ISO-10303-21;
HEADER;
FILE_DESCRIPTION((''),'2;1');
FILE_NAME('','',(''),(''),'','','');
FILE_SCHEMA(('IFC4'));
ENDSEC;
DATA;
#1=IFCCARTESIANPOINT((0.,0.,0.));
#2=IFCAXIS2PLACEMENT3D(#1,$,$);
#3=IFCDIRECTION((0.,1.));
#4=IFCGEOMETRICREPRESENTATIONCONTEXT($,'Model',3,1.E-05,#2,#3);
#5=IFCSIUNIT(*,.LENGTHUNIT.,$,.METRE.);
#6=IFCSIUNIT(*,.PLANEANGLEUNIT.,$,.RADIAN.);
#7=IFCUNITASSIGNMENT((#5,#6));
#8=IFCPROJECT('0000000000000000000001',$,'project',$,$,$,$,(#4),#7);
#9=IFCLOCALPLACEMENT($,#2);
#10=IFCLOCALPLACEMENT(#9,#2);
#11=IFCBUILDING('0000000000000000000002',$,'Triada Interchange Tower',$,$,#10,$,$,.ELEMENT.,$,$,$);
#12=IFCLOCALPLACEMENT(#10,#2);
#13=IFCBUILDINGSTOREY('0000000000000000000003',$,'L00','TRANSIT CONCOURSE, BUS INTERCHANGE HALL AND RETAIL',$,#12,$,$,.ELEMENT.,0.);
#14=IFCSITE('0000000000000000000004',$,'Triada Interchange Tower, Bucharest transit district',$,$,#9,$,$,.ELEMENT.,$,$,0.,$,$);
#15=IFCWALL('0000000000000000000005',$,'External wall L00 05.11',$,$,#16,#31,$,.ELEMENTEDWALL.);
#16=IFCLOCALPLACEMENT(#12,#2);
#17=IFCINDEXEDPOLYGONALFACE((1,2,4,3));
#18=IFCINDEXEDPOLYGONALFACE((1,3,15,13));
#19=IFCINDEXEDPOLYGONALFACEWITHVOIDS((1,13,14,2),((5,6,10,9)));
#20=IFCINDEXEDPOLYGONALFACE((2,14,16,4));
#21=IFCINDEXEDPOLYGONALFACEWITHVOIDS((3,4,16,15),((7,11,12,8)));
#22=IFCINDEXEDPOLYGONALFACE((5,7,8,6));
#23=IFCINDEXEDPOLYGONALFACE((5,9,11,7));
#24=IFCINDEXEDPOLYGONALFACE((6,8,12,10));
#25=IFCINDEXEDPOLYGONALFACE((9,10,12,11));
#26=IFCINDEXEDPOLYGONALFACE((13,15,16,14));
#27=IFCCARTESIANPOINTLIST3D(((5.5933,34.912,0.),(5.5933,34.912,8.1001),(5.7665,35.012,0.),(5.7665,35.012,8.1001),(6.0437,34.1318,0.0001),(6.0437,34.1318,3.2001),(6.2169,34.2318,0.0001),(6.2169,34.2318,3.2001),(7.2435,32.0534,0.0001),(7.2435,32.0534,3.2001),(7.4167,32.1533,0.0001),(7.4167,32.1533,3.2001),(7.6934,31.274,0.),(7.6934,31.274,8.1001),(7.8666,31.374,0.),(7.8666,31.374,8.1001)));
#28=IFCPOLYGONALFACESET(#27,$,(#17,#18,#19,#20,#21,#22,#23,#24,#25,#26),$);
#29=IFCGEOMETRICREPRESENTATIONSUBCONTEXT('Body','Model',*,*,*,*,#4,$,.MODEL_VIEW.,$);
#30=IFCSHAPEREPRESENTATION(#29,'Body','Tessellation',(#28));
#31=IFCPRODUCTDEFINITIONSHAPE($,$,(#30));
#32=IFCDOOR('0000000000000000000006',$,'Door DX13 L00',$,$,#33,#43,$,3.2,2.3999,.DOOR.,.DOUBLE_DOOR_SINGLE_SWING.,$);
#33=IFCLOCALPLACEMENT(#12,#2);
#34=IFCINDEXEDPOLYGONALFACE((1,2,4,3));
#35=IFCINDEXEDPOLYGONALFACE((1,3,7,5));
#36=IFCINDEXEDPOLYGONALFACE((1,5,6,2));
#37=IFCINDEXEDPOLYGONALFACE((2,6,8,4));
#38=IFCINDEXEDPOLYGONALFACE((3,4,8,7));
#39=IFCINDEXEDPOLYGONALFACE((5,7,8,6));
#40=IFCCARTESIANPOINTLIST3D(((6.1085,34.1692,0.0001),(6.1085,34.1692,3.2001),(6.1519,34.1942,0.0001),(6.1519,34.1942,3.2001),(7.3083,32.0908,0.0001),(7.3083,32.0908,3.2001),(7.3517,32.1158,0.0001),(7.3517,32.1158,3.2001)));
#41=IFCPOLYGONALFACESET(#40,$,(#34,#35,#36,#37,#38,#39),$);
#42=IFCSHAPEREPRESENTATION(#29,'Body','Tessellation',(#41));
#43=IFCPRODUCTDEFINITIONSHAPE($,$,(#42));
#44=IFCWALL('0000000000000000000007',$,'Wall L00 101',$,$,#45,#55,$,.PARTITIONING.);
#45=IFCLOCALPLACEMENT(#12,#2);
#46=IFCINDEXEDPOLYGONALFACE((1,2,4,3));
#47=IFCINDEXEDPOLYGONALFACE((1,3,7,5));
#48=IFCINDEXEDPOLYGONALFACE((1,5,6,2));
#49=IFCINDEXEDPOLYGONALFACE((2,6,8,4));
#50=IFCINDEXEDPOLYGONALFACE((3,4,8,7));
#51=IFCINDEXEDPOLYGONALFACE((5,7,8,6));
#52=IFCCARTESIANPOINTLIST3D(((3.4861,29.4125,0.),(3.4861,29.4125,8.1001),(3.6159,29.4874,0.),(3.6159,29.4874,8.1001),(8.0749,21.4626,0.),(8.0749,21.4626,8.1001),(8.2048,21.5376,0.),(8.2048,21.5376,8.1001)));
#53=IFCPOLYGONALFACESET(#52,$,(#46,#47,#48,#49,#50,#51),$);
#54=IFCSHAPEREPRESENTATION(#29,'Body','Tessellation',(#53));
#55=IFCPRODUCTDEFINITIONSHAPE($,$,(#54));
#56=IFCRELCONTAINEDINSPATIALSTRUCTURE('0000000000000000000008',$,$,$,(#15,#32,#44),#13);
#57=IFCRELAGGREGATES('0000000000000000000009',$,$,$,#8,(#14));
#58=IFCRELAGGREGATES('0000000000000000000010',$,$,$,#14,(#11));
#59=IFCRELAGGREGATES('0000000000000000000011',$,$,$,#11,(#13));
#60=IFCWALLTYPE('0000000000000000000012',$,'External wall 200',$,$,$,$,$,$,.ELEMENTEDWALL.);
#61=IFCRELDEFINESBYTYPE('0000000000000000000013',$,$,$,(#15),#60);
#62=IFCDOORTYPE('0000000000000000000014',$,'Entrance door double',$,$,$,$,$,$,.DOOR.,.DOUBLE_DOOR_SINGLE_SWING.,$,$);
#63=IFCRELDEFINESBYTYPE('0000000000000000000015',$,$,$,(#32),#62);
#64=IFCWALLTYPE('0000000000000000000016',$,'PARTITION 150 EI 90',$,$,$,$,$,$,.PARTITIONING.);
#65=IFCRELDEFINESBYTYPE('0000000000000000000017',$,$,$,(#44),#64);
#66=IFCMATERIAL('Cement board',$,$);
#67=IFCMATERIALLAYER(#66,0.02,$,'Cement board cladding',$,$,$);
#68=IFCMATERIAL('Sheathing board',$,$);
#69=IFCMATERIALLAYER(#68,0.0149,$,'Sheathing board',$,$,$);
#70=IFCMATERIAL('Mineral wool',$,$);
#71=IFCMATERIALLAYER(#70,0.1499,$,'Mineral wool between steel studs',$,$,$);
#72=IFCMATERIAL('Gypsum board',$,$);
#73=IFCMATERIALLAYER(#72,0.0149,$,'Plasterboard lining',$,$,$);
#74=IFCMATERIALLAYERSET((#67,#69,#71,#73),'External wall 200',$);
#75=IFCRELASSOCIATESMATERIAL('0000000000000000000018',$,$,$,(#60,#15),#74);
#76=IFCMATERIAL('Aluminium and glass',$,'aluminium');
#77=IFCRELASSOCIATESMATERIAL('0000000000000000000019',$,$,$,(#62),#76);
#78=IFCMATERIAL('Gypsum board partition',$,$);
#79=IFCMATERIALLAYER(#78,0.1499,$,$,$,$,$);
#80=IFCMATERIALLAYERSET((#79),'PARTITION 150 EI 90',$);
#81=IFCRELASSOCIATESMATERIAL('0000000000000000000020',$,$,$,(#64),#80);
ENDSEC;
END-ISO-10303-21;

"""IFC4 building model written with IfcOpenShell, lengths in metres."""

from ifc_helpers import new_model, si_unit, direction, frame, frame_2d, origin, place, context, subcontext, project, spatial, rectangle, extrude, material, layer, layer_set, layer_usage, type_object, element, fill, save


model = new_model("IFC4")

# Units and contexts
model_context = context("Model", 3, precision=1e-05, world=origin(), true_north=direction((0.0, 1.0)))
body_context = subcontext(model_context, "Body", "Model", "MODEL_VIEW")
ifc_project = project(units=[si_unit("LENGTHUNIT", "METRE"), si_unit("PLANEANGLEUNIT", "RADIAN")], contexts=[model_context])

# Site, building, storey
site_placement = place(None, origin())
site = spatial("IfcSite", under=ifc_project, at=site_placement, Name="Triada Interchange Tower, Bucharest transit district", CompositionType="ELEMENT", RefElevation=0.0)
building_placement = place(site_placement, origin())
building = spatial("IfcBuilding", under=site, at=building_placement, Name="Triada Interchange Tower", CompositionType="ELEMENT")
storey_placement = place(building_placement, origin())
storey = spatial("IfcBuildingStorey", under=building, at=storey_placement, Name="L00", Description="TRANSIT CONCOURSE, BUS INTERCHANGE HALL AND RETAIL", CompositionType="ELEMENT", Elevation=0.0)

# Wall, opening, door
ifc_material_1 = material(Name="Cement board")
ifc_layer_1 = layer(ifc_material_1, 0.02, Name="Cement board cladding")
ifc_material_2 = material(Name="Sheathing board")
ifc_layer_2 = layer(ifc_material_2, 0.0149, Name="Sheathing board")
ifc_material_3 = material(Name="Mineral wool")
ifc_layer_3 = layer(ifc_material_3, 0.1499, Name="Mineral wool between steel studs")
ifc_material_4 = material(Name="Gypsum board")
ifc_layer_4 = layer(ifc_material_4, 0.0149, Name="Plasterboard lining")
ifc_layer_set_1 = layer_set([ifc_layer_1, ifc_layer_2, ifc_layer_3, ifc_layer_4], Name="External wall 200")
ifc_layer_usage = layer_usage(ifc_layer_set_1, "AXIS2", "POSITIVE", -0.1001)
wall_type_1 = type_object("IfcWallType", Name="External wall 200", PredefinedType="ELEMENTEDWALL", material=ifc_layer_set_1)
wall_1_placement = place(storey_placement, frame((7.78, 31.324, 0.0), z_axis=(0.0, 0.0, 1.0), x_axis=(-0.499952, 0.866053, 0.0)))
wall_1 = element("IfcWall", 1, at=wall_1_placement, inside=storey, type_object=wall_type_1, material=ifc_layer_usage, Name="External wall L00 05.11", PredefinedType="ELEMENTEDWALL", context=body_context, shape_type="SweptSolid", body=[
    extrude(rectangle(XDim=4.2007, YDim=0.2, at=frame_2d((2.1003, 0.0))), origin(), (0.0, 0.0, 1.0), 8.1001),
])
opening_placement = place(wall_1_placement, frame((0.8999, 0.0, 0.0)))
opening = element("IfcOpeningElement", 2, at=opening_placement, cuts=wall_1, PredefinedType="OPENING", context=body_context, shape_type="SweptSolid", body=[
    extrude(rectangle(XDim=2.3999, YDim=3.2, at=frame_2d((1.2, 1.6001))), frame((0.0, 0.1099, 0.0), z_axis=(0.0, -1.0, 0.0), x_axis=(1.0, 0.0, 0.0)), (0.0, 0.0, 1.0), 0.22),
])
ifc_material_5 = material(Name="Aluminium and glass", Category="aluminium")
door_type = type_object("IfcDoorType", Name="Entrance door double", OperationType="DOUBLE_DOOR_SINGLE_SWING", PredefinedType="DOOR", material=ifc_material_5)
door_placement = place(opening_placement, frame((2.3999, 0.0, 0.0), z_axis=(0.0, 0.0, 1.0), x_axis=(-1.0, 0.0, 0.0)))
door = element("IfcDoor", 3, at=door_placement, inside=storey, type_object=door_type, Name="Door DX13 L00", OperationType="DOUBLE_DOOR_SINGLE_SWING", OverallHeight=3.2, OverallWidth=2.3999, PredefinedType="DOOR", context=body_context, shape_type="SweptSolid", body=[
    extrude(rectangle(XDim=2.3999, YDim=3.2, at=frame_2d((1.2, 1.6001))), frame((0.0, 0.0249, 0.0), z_axis=(0.0, -1.0, 0.0), x_axis=(1.0, 0.0, 0.0)), (0.0, 0.0, 1.0), 0.05),
])
fill(opening, door)

# Wall
ifc_material_6 = material(Name="Gypsum board partition")
ifc_layer_5 = layer(ifc_material_6, 0.1499)
ifc_layer_set_2 = layer_set([ifc_layer_5], Name="PARTITION 150 EI 90")
wall_type_2 = type_object("IfcWallType", Name="PARTITION 150 EI 90", PredefinedType="PARTITIONING", material=ifc_layer_set_2)
wall_2_placement = place(storey_placement, frame((3.551, 29.45, 0.0), z_axis=(0.0, 0.0, 1.0), x_axis=(0.499915, -0.866074, 0.0)))
element("IfcWall", 4, at=wall_2_placement, inside=storey, type_object=wall_type_2, Name="Wall L00 101", PredefinedType="PARTITIONING", context=body_context, shape_type="SweptSolid", body=[
    extrude(rectangle(XDim=9.1792, YDim=0.1499, at=frame_2d((4.5896, 0.0))), origin(), (0.0, 0.0, 1.0), 8.1001),
])

save(model, "model.ifc")
